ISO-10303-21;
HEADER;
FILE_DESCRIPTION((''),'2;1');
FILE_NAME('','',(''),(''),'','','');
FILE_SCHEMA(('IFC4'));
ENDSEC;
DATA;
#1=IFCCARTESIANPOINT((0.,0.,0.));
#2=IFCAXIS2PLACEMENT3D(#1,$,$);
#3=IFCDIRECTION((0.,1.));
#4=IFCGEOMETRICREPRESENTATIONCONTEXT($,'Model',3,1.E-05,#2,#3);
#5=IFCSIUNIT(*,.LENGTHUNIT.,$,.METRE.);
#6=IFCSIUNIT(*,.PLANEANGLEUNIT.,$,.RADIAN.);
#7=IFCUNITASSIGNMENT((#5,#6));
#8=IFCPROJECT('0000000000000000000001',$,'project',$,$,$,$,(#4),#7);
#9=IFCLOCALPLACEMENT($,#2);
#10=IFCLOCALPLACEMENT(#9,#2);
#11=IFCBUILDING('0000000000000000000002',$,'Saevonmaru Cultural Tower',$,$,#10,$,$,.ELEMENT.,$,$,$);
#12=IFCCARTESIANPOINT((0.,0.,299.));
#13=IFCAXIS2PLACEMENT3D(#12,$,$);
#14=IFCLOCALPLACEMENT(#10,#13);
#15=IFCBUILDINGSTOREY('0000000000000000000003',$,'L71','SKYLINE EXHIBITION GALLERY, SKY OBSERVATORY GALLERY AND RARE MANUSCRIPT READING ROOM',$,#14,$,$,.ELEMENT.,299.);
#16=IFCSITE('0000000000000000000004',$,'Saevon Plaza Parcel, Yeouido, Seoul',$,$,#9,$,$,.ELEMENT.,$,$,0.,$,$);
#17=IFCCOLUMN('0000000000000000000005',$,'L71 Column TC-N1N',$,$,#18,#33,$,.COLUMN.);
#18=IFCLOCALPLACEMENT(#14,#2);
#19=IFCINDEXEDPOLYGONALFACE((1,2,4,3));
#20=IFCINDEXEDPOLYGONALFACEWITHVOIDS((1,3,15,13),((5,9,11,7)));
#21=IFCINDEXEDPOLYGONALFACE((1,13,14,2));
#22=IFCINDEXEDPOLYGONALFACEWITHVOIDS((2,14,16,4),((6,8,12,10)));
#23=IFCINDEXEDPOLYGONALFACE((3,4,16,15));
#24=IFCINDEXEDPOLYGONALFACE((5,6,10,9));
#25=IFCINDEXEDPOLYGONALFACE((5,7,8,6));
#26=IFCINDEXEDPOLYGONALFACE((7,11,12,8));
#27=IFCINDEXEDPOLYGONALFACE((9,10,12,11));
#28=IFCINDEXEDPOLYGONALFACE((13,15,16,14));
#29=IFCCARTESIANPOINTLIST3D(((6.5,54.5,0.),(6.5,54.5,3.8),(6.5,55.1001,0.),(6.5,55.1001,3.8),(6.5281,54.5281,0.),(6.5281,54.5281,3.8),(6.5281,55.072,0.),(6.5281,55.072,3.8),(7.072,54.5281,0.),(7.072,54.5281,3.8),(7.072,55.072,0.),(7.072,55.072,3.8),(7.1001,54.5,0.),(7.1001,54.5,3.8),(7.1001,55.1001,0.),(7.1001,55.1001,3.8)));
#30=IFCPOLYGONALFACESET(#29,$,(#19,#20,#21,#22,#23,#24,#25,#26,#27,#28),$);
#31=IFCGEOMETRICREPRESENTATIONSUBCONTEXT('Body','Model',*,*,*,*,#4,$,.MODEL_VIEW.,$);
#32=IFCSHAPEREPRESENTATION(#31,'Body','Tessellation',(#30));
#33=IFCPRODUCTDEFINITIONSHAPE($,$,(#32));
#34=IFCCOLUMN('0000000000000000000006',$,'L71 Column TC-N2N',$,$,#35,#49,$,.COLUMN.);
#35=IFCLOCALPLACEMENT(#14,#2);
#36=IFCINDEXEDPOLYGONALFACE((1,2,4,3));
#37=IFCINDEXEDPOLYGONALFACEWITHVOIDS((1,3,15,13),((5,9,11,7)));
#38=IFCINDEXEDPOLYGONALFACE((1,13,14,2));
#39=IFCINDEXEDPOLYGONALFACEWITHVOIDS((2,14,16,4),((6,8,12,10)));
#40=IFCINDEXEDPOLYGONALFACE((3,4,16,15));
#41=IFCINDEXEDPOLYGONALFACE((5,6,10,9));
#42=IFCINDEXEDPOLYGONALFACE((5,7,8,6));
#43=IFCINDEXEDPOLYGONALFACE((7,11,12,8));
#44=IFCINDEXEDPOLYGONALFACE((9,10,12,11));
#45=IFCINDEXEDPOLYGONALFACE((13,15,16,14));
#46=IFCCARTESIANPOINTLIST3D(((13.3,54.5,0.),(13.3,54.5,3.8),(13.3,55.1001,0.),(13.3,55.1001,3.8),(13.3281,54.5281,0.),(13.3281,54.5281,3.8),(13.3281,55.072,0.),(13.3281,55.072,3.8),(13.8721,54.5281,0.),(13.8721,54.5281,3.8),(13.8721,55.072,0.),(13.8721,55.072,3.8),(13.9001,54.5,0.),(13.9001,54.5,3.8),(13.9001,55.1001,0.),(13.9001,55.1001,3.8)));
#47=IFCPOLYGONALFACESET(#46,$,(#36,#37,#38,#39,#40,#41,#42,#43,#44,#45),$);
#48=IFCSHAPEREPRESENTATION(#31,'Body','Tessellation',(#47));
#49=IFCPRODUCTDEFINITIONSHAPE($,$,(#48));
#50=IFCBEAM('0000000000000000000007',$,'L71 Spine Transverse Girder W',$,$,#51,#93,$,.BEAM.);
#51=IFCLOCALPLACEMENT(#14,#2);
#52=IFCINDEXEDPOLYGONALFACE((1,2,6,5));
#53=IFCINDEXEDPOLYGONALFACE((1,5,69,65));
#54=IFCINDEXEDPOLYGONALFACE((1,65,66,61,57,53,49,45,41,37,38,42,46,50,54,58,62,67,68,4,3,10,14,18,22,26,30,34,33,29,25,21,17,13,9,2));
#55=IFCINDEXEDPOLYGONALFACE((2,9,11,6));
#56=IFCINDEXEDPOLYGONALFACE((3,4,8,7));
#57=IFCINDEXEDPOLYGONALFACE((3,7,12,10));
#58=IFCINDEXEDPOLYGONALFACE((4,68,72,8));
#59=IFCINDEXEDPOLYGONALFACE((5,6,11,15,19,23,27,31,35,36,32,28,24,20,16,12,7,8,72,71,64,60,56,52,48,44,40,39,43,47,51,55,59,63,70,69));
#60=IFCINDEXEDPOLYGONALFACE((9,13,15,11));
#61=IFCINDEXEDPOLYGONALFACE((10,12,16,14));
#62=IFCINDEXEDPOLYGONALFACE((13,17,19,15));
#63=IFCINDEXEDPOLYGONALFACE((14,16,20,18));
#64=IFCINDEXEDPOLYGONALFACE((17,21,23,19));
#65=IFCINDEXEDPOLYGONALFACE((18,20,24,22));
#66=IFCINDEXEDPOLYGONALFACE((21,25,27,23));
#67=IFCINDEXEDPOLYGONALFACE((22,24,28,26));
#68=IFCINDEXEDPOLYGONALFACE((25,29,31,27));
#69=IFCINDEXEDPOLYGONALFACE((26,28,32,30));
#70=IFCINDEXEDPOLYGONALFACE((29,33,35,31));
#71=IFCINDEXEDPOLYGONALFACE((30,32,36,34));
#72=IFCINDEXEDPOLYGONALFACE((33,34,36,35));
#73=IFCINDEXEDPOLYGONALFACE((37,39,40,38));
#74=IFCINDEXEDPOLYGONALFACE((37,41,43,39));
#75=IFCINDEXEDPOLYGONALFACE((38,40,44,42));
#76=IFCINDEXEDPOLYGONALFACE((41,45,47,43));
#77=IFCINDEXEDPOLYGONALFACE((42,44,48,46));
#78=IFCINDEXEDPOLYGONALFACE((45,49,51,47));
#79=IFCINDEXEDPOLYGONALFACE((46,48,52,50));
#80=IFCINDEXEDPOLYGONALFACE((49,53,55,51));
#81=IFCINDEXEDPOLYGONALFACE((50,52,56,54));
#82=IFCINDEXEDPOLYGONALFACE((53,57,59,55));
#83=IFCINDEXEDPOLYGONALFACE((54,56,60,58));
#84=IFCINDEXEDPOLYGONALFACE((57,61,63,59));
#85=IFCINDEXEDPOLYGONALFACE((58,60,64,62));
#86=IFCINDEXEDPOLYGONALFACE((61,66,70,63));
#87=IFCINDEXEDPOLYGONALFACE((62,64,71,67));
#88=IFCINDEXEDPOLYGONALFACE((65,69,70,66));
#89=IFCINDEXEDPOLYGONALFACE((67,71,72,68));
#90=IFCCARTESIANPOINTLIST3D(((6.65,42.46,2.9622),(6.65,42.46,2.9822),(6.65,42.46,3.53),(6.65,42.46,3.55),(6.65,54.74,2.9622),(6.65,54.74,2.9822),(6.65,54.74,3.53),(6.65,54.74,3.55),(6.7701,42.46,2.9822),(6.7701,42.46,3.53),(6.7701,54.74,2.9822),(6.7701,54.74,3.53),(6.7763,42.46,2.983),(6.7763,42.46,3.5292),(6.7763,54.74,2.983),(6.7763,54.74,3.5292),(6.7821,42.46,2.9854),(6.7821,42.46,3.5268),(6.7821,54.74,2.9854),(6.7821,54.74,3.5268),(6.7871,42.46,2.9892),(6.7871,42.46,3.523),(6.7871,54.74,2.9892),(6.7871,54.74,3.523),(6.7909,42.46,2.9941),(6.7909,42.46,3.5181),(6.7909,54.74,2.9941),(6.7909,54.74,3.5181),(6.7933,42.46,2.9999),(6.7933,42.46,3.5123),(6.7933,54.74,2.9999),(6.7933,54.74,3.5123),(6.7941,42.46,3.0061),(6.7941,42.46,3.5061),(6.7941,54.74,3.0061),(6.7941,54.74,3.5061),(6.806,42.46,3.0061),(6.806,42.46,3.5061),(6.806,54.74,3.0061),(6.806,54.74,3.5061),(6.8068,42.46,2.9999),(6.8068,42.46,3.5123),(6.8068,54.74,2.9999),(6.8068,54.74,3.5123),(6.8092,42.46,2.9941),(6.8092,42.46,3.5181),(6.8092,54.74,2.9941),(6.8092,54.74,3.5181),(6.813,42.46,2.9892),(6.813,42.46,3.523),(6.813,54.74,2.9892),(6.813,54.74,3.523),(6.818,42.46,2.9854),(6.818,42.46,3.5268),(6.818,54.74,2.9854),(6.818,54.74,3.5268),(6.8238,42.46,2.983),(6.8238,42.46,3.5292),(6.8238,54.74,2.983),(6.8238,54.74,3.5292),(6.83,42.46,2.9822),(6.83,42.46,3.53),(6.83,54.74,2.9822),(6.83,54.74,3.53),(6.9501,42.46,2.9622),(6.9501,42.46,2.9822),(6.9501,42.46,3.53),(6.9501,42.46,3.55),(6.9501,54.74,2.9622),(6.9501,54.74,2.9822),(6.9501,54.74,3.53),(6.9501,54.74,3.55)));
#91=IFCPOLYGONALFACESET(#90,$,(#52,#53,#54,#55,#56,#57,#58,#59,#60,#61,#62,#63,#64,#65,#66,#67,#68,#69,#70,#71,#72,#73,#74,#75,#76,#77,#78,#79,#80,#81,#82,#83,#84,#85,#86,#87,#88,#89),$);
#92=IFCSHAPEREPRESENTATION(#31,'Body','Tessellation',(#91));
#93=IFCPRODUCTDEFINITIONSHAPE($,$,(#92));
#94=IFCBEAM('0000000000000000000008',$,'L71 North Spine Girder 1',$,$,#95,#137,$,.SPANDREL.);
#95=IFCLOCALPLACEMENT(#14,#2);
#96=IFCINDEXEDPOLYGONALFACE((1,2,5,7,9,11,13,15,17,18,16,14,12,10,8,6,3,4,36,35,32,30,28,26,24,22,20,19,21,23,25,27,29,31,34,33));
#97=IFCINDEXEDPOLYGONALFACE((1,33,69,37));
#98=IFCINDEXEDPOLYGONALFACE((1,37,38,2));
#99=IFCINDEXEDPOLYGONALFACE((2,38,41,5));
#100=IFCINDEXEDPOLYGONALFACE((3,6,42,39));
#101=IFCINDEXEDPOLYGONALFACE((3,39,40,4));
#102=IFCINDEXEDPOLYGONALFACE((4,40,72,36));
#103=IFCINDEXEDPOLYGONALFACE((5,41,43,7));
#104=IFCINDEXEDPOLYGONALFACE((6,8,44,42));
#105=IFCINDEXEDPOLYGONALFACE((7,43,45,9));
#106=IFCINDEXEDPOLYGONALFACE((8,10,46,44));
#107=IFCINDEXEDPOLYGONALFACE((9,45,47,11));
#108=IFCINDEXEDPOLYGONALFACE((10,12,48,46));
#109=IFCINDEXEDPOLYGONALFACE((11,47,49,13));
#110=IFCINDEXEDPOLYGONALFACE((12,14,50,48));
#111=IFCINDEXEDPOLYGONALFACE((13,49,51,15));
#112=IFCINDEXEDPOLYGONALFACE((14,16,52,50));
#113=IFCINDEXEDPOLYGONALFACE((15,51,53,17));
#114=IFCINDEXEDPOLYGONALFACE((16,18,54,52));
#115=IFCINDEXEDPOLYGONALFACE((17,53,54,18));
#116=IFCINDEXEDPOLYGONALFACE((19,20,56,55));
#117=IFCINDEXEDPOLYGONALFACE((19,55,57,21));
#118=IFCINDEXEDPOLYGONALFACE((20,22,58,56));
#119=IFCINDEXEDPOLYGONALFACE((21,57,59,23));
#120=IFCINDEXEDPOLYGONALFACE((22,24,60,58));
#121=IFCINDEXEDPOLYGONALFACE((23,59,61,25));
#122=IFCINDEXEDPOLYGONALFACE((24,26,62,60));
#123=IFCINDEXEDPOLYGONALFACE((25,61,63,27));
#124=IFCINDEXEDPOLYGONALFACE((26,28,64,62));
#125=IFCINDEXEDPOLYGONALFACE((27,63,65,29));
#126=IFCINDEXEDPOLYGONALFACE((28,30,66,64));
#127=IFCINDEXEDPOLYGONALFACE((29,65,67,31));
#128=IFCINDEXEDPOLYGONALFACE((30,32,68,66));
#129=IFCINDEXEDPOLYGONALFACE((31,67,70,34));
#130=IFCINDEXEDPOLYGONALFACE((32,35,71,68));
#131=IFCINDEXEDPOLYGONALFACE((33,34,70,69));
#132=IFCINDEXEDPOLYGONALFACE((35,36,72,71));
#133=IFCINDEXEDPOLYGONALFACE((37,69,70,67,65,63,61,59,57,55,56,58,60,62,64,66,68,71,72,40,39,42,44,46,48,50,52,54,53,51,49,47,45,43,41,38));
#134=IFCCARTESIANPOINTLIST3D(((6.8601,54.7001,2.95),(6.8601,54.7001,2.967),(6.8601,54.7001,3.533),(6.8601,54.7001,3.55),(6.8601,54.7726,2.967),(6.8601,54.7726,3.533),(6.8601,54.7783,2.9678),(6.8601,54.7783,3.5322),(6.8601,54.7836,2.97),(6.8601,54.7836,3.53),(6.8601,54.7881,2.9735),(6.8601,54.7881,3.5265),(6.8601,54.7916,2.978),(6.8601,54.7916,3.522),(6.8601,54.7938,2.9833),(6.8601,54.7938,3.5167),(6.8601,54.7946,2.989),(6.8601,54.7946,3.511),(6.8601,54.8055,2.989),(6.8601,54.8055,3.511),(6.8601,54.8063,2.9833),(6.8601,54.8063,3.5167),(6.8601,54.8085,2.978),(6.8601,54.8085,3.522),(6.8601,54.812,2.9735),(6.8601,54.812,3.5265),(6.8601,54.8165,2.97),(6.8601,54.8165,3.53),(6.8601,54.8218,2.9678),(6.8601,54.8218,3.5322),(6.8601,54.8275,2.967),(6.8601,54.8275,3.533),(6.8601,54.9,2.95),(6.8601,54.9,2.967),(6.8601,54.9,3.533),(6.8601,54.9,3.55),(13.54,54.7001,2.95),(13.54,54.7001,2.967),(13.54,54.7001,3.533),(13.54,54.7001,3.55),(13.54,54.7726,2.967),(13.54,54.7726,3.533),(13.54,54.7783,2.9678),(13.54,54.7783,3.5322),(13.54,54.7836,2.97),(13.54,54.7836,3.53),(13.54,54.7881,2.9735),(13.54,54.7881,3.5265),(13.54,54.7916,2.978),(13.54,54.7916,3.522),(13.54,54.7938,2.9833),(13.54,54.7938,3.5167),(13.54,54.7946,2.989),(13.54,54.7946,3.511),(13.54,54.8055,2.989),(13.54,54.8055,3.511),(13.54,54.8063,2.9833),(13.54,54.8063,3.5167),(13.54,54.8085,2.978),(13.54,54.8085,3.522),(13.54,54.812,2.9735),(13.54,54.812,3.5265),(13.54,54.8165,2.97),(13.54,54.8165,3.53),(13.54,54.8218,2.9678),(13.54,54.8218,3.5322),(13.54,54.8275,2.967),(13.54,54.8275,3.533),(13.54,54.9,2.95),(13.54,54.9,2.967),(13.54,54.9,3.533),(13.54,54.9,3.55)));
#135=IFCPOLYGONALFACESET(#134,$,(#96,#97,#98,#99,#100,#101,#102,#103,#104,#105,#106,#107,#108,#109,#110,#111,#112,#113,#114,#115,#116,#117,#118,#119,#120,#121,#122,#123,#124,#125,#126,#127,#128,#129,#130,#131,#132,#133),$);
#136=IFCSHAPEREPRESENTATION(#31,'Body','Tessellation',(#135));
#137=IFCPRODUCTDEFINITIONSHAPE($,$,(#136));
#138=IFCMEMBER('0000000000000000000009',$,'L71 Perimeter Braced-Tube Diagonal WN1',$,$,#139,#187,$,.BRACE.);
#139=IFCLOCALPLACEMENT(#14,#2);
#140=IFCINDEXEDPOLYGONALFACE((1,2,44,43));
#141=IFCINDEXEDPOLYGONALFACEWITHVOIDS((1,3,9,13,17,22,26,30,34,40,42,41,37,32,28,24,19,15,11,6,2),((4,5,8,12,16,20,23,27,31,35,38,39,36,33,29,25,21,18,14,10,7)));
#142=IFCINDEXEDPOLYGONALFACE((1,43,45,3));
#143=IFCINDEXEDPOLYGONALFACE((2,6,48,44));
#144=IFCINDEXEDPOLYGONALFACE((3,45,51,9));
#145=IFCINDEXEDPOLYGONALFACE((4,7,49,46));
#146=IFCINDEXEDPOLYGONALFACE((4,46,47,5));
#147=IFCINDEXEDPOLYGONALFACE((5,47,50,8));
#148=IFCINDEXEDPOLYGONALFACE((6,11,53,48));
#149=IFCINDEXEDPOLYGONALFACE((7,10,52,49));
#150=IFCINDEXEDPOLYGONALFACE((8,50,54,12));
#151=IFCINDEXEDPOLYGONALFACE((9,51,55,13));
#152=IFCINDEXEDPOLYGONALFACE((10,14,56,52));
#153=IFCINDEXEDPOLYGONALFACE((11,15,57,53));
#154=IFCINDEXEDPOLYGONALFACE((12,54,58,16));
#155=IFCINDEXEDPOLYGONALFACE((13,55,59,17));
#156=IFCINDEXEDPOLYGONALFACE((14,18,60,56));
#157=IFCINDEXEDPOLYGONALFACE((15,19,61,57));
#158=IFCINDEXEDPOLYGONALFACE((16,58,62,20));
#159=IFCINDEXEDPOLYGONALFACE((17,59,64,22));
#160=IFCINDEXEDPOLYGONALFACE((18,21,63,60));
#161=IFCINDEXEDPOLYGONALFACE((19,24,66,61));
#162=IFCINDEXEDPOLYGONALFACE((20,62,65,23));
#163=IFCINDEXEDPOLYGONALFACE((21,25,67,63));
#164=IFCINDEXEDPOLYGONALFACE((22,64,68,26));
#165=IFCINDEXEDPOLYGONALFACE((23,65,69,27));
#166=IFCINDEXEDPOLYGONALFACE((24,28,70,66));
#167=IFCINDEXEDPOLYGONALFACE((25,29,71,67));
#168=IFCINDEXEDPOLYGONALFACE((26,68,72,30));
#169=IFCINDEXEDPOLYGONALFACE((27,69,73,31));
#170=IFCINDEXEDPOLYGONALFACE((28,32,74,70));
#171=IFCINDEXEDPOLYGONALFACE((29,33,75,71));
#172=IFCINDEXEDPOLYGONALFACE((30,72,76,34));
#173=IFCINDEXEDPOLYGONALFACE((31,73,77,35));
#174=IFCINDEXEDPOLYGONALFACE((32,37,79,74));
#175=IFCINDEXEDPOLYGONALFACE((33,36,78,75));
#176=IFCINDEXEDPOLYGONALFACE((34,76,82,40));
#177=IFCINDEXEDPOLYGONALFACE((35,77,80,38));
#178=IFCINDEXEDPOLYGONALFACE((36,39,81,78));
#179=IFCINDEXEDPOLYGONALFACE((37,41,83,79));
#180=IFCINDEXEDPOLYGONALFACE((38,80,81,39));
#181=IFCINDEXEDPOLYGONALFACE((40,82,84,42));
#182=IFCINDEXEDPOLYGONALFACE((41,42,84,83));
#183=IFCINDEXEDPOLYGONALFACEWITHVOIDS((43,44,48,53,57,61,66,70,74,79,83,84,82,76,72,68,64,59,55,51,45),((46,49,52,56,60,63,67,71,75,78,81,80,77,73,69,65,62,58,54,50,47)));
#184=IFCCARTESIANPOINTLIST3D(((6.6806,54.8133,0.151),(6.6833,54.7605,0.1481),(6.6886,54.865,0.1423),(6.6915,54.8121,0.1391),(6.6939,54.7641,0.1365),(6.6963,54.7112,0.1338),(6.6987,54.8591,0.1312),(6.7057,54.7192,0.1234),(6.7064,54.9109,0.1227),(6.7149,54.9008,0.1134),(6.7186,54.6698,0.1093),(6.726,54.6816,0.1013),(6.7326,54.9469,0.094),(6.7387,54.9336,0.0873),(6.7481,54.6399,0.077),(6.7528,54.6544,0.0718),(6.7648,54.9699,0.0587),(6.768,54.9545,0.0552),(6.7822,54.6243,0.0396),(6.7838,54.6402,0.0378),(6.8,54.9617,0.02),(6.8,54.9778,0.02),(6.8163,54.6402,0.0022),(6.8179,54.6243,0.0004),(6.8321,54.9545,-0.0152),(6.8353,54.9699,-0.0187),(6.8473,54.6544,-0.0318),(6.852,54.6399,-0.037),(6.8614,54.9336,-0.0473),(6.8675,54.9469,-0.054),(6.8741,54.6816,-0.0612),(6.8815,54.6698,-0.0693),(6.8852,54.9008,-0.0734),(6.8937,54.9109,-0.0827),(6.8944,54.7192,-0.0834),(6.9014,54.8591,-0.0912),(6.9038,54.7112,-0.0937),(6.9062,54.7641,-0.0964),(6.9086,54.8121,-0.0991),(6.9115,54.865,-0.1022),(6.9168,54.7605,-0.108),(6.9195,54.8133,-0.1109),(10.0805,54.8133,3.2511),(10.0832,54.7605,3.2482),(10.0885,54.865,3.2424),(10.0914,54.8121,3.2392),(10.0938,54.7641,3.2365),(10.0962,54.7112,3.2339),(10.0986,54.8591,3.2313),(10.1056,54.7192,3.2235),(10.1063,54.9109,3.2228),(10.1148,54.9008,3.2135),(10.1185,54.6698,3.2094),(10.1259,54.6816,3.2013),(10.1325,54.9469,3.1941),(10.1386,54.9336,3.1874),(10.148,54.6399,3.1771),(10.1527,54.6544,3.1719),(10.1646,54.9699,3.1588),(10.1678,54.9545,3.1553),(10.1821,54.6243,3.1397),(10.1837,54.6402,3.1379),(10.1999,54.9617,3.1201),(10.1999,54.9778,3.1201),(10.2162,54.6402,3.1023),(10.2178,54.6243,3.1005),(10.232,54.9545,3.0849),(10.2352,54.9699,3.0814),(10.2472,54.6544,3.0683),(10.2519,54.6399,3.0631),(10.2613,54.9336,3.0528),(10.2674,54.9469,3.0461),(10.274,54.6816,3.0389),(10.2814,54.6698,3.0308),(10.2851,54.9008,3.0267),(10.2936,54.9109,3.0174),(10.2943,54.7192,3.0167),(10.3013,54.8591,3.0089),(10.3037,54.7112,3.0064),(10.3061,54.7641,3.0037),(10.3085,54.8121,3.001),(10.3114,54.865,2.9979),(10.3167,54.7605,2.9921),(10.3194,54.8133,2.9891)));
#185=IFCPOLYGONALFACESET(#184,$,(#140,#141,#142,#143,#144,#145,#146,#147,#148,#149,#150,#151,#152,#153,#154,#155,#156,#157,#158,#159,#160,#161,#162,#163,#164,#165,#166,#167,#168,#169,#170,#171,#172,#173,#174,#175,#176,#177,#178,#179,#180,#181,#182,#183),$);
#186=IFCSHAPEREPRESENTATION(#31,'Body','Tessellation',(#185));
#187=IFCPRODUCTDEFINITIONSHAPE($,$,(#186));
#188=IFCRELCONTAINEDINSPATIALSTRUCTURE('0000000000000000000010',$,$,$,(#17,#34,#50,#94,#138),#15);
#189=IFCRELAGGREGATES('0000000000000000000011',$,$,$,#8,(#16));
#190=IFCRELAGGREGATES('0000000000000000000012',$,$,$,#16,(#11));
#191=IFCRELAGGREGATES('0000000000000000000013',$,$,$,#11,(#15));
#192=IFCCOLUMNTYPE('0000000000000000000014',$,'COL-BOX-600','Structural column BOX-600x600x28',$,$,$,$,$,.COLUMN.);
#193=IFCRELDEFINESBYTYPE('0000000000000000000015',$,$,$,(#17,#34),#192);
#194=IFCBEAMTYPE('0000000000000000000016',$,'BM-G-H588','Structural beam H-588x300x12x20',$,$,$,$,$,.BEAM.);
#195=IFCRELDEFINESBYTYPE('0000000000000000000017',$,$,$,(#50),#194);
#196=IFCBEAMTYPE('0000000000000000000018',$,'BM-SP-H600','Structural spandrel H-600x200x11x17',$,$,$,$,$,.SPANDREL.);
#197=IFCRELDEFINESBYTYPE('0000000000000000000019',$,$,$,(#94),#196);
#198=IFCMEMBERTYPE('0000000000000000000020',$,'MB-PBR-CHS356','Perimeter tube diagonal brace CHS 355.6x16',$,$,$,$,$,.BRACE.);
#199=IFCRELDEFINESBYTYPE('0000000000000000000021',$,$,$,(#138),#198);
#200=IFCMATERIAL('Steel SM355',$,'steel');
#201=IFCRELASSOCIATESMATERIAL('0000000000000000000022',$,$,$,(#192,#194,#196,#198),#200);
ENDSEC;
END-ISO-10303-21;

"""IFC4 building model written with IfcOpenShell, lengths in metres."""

from ifc_helpers import new_model, si_unit, direction, frame, origin, origin_2d, place, context, subcontext, project, spatial, hollow_rectangle, hollow_circle, i_section, extrude, material, material_profile, profile_set, type_object, element, save


model = new_model("IFC4")

# Units and contexts
model_context = context("Model", 3, precision=1e-05, world=origin(), true_north=direction((0.0, 1.0)))
body_context = subcontext(model_context, "Body", "Model", "MODEL_VIEW")
ifc_project = project(units=[si_unit("LENGTHUNIT", "METRE"), si_unit("PLANEANGLEUNIT", "RADIAN")], contexts=[model_context])

# Site, building, storey
site_placement = place(None, origin())
site = spatial("IfcSite", under=ifc_project, at=site_placement, Name="Saevon Plaza Parcel, Yeouido, Seoul", CompositionType="ELEMENT", RefElevation=0.0)
building_placement = place(site_placement, origin())
building = spatial("IfcBuilding", under=site, at=building_placement, Name="Saevonmaru Cultural Tower", CompositionType="ELEMENT")
storey_placement = place(building_placement, frame((0.0, 0.0, 299.0)))
storey = spatial("IfcBuildingStorey", under=building, at=storey_placement, Name="L71", Description="SKYLINE EXHIBITION GALLERY, SKY OBSERVATORY GALLERY AND RARE MANUSCRIPT READING ROOM", CompositionType="ELEMENT", Elevation=299.0)

# Columns
ifc_material_1 = material(Name="Steel SM355", Category="steel")
ifc_material_profile_1 = material_profile(ifc_material_1, hollow_rectangle(XDim=0.6001, YDim=0.6001, WallThickness=0.0281, at=origin_2d()), Name="BOX-600x600x28")
ifc_profile_set_1 = profile_set([ifc_material_profile_1], Name="Steel SM355")
column_type = type_object("IfcColumnType", Name="COL-BOX-600", Description="Structural column BOX-600x600x28", PredefinedType="COLUMN", material=ifc_profile_set_1)
for number, where, z_axis, x_axis, name in (
    (1, (6.8, 54.8, 0.0), (0.0, 0.0, 1.0), (1.0, 0.0, 0.0), "L71 Column TC-N1N"),
    (2, (13.6001, 54.8, 0.0), (0.0, 0.0, 1.0), (1.0, 0.0, 0.0), "L71 Column TC-N2N"),
):
    element("IfcColumn", number, at=place(storey_placement, frame(where, z_axis=z_axis, x_axis=x_axis)), inside=storey, type_object=column_type, Name=name, PredefinedType="COLUMN", context=body_context, shape_type="SweptSolid", body=[
        extrude(hollow_rectangle(XDim=0.6001, YDim=0.6001, WallThickness=0.0281, at=origin_2d()), origin(), (0.0, 0.0, 1.0), 3.8),
    ])

# Beams
ifc_material_profile_2 = material_profile(ifc_material_1, i_section(OverallWidth=0.3, OverallDepth=0.5879, WebThickness=0.012, FlangeThickness=0.02, FilletRadius=0.0239, at=origin_2d()), Name="H-588x300x12x20")
ifc_profile_set_2 = profile_set([ifc_material_profile_2], Name="Steel SM355")
beam_type_1 = type_object("IfcBeamType", Name="BM-G-H588", Description="Structural beam H-588x300x12x20", PredefinedType="BEAM", material=ifc_profile_set_2)
beam_1_placement = place(storey_placement, frame((6.8, 54.74, 3.2561), z_axis=(0.0, -1.0, 0.0), x_axis=(1.0, 0.0, 0.0)))
element("IfcBeam", 3, at=beam_1_placement, inside=storey, type_object=beam_type_1, Name="L71 Spine Transverse Girder W", PredefinedType="BEAM", context=body_context, shape_type="SweptSolid", body=[
    extrude(i_section(OverallWidth=0.3, OverallDepth=0.5879, WebThickness=0.012, FlangeThickness=0.02, FilletRadius=0.0239, at=origin_2d()), origin(), (0.0, 0.0, 1.0), 12.28),
])
ifc_material_profile_3 = material_profile(ifc_material_1, i_section(OverallWidth=0.2, OverallDepth=0.6001, WebThickness=0.011, FlangeThickness=0.0171, FilletRadius=0.022, at=origin_2d()), Name="H-600x200x11x17")
ifc_profile_set_3 = profile_set([ifc_material_profile_3], Name="Steel SM355")
beam_type_2 = type_object("IfcBeamType", Name="BM-SP-H600", Description="Structural spandrel H-600x200x11x17", PredefinedType="SPANDREL", material=ifc_profile_set_3)
beam_2_placement = place(storey_placement, frame((6.8601, 54.8, 3.25), z_axis=(1.0, 0.0, 0.0), x_axis=(0.0, 1.0, 0.0)))
element("IfcBeam", 4, at=beam_2_placement, inside=storey, type_object=beam_type_2, Name="L71 North Spine Girder 1", PredefinedType="SPANDREL", context=body_context, shape_type="SweptSolid", body=[
    extrude(i_section(OverallWidth=0.2, OverallDepth=0.6001, WebThickness=0.011, FlangeThickness=0.0171, FilletRadius=0.022, at=origin_2d()), origin(), (0.0, 0.0, 1.0), 6.6799),
])

# Member
ifc_material_profile_4 = material_profile(ifc_material_1, hollow_circle(Radius=0.1777, WallThickness=0.0161, at=origin_2d()), Name="CHS-355.6x16")
ifc_profile_set_4 = profile_set([ifc_material_profile_4], Name="Steel SM355")
member_type_1 = type_object("IfcMemberType", Name="MB-PBR-CHS356", Description="Perimeter tube diagonal brace CHS 355.6x16", PredefinedType="BRACE", material=ifc_profile_set_4)
member_1_placement = place(storey_placement, frame((6.8, 54.8, 0.02), z_axis=(0.738936, 0.0, 0.673776), x_axis=(0.0, 1.0, 0.0)))
element("IfcMember", 5, at=member_1_placement, inside=storey, type_object=member_type_1, Name="L71 Perimeter Braced-Tube Diagonal WN1", PredefinedType="BRACE", context=body_context, shape_type="SweptSolid", body=[
    extrude(hollow_circle(Radius=0.1777, WallThickness=0.0161, at=origin_2d()), origin(), (0.0, 0.0, 1.0), 4.6011),
])

save(model, "model.ifc")
